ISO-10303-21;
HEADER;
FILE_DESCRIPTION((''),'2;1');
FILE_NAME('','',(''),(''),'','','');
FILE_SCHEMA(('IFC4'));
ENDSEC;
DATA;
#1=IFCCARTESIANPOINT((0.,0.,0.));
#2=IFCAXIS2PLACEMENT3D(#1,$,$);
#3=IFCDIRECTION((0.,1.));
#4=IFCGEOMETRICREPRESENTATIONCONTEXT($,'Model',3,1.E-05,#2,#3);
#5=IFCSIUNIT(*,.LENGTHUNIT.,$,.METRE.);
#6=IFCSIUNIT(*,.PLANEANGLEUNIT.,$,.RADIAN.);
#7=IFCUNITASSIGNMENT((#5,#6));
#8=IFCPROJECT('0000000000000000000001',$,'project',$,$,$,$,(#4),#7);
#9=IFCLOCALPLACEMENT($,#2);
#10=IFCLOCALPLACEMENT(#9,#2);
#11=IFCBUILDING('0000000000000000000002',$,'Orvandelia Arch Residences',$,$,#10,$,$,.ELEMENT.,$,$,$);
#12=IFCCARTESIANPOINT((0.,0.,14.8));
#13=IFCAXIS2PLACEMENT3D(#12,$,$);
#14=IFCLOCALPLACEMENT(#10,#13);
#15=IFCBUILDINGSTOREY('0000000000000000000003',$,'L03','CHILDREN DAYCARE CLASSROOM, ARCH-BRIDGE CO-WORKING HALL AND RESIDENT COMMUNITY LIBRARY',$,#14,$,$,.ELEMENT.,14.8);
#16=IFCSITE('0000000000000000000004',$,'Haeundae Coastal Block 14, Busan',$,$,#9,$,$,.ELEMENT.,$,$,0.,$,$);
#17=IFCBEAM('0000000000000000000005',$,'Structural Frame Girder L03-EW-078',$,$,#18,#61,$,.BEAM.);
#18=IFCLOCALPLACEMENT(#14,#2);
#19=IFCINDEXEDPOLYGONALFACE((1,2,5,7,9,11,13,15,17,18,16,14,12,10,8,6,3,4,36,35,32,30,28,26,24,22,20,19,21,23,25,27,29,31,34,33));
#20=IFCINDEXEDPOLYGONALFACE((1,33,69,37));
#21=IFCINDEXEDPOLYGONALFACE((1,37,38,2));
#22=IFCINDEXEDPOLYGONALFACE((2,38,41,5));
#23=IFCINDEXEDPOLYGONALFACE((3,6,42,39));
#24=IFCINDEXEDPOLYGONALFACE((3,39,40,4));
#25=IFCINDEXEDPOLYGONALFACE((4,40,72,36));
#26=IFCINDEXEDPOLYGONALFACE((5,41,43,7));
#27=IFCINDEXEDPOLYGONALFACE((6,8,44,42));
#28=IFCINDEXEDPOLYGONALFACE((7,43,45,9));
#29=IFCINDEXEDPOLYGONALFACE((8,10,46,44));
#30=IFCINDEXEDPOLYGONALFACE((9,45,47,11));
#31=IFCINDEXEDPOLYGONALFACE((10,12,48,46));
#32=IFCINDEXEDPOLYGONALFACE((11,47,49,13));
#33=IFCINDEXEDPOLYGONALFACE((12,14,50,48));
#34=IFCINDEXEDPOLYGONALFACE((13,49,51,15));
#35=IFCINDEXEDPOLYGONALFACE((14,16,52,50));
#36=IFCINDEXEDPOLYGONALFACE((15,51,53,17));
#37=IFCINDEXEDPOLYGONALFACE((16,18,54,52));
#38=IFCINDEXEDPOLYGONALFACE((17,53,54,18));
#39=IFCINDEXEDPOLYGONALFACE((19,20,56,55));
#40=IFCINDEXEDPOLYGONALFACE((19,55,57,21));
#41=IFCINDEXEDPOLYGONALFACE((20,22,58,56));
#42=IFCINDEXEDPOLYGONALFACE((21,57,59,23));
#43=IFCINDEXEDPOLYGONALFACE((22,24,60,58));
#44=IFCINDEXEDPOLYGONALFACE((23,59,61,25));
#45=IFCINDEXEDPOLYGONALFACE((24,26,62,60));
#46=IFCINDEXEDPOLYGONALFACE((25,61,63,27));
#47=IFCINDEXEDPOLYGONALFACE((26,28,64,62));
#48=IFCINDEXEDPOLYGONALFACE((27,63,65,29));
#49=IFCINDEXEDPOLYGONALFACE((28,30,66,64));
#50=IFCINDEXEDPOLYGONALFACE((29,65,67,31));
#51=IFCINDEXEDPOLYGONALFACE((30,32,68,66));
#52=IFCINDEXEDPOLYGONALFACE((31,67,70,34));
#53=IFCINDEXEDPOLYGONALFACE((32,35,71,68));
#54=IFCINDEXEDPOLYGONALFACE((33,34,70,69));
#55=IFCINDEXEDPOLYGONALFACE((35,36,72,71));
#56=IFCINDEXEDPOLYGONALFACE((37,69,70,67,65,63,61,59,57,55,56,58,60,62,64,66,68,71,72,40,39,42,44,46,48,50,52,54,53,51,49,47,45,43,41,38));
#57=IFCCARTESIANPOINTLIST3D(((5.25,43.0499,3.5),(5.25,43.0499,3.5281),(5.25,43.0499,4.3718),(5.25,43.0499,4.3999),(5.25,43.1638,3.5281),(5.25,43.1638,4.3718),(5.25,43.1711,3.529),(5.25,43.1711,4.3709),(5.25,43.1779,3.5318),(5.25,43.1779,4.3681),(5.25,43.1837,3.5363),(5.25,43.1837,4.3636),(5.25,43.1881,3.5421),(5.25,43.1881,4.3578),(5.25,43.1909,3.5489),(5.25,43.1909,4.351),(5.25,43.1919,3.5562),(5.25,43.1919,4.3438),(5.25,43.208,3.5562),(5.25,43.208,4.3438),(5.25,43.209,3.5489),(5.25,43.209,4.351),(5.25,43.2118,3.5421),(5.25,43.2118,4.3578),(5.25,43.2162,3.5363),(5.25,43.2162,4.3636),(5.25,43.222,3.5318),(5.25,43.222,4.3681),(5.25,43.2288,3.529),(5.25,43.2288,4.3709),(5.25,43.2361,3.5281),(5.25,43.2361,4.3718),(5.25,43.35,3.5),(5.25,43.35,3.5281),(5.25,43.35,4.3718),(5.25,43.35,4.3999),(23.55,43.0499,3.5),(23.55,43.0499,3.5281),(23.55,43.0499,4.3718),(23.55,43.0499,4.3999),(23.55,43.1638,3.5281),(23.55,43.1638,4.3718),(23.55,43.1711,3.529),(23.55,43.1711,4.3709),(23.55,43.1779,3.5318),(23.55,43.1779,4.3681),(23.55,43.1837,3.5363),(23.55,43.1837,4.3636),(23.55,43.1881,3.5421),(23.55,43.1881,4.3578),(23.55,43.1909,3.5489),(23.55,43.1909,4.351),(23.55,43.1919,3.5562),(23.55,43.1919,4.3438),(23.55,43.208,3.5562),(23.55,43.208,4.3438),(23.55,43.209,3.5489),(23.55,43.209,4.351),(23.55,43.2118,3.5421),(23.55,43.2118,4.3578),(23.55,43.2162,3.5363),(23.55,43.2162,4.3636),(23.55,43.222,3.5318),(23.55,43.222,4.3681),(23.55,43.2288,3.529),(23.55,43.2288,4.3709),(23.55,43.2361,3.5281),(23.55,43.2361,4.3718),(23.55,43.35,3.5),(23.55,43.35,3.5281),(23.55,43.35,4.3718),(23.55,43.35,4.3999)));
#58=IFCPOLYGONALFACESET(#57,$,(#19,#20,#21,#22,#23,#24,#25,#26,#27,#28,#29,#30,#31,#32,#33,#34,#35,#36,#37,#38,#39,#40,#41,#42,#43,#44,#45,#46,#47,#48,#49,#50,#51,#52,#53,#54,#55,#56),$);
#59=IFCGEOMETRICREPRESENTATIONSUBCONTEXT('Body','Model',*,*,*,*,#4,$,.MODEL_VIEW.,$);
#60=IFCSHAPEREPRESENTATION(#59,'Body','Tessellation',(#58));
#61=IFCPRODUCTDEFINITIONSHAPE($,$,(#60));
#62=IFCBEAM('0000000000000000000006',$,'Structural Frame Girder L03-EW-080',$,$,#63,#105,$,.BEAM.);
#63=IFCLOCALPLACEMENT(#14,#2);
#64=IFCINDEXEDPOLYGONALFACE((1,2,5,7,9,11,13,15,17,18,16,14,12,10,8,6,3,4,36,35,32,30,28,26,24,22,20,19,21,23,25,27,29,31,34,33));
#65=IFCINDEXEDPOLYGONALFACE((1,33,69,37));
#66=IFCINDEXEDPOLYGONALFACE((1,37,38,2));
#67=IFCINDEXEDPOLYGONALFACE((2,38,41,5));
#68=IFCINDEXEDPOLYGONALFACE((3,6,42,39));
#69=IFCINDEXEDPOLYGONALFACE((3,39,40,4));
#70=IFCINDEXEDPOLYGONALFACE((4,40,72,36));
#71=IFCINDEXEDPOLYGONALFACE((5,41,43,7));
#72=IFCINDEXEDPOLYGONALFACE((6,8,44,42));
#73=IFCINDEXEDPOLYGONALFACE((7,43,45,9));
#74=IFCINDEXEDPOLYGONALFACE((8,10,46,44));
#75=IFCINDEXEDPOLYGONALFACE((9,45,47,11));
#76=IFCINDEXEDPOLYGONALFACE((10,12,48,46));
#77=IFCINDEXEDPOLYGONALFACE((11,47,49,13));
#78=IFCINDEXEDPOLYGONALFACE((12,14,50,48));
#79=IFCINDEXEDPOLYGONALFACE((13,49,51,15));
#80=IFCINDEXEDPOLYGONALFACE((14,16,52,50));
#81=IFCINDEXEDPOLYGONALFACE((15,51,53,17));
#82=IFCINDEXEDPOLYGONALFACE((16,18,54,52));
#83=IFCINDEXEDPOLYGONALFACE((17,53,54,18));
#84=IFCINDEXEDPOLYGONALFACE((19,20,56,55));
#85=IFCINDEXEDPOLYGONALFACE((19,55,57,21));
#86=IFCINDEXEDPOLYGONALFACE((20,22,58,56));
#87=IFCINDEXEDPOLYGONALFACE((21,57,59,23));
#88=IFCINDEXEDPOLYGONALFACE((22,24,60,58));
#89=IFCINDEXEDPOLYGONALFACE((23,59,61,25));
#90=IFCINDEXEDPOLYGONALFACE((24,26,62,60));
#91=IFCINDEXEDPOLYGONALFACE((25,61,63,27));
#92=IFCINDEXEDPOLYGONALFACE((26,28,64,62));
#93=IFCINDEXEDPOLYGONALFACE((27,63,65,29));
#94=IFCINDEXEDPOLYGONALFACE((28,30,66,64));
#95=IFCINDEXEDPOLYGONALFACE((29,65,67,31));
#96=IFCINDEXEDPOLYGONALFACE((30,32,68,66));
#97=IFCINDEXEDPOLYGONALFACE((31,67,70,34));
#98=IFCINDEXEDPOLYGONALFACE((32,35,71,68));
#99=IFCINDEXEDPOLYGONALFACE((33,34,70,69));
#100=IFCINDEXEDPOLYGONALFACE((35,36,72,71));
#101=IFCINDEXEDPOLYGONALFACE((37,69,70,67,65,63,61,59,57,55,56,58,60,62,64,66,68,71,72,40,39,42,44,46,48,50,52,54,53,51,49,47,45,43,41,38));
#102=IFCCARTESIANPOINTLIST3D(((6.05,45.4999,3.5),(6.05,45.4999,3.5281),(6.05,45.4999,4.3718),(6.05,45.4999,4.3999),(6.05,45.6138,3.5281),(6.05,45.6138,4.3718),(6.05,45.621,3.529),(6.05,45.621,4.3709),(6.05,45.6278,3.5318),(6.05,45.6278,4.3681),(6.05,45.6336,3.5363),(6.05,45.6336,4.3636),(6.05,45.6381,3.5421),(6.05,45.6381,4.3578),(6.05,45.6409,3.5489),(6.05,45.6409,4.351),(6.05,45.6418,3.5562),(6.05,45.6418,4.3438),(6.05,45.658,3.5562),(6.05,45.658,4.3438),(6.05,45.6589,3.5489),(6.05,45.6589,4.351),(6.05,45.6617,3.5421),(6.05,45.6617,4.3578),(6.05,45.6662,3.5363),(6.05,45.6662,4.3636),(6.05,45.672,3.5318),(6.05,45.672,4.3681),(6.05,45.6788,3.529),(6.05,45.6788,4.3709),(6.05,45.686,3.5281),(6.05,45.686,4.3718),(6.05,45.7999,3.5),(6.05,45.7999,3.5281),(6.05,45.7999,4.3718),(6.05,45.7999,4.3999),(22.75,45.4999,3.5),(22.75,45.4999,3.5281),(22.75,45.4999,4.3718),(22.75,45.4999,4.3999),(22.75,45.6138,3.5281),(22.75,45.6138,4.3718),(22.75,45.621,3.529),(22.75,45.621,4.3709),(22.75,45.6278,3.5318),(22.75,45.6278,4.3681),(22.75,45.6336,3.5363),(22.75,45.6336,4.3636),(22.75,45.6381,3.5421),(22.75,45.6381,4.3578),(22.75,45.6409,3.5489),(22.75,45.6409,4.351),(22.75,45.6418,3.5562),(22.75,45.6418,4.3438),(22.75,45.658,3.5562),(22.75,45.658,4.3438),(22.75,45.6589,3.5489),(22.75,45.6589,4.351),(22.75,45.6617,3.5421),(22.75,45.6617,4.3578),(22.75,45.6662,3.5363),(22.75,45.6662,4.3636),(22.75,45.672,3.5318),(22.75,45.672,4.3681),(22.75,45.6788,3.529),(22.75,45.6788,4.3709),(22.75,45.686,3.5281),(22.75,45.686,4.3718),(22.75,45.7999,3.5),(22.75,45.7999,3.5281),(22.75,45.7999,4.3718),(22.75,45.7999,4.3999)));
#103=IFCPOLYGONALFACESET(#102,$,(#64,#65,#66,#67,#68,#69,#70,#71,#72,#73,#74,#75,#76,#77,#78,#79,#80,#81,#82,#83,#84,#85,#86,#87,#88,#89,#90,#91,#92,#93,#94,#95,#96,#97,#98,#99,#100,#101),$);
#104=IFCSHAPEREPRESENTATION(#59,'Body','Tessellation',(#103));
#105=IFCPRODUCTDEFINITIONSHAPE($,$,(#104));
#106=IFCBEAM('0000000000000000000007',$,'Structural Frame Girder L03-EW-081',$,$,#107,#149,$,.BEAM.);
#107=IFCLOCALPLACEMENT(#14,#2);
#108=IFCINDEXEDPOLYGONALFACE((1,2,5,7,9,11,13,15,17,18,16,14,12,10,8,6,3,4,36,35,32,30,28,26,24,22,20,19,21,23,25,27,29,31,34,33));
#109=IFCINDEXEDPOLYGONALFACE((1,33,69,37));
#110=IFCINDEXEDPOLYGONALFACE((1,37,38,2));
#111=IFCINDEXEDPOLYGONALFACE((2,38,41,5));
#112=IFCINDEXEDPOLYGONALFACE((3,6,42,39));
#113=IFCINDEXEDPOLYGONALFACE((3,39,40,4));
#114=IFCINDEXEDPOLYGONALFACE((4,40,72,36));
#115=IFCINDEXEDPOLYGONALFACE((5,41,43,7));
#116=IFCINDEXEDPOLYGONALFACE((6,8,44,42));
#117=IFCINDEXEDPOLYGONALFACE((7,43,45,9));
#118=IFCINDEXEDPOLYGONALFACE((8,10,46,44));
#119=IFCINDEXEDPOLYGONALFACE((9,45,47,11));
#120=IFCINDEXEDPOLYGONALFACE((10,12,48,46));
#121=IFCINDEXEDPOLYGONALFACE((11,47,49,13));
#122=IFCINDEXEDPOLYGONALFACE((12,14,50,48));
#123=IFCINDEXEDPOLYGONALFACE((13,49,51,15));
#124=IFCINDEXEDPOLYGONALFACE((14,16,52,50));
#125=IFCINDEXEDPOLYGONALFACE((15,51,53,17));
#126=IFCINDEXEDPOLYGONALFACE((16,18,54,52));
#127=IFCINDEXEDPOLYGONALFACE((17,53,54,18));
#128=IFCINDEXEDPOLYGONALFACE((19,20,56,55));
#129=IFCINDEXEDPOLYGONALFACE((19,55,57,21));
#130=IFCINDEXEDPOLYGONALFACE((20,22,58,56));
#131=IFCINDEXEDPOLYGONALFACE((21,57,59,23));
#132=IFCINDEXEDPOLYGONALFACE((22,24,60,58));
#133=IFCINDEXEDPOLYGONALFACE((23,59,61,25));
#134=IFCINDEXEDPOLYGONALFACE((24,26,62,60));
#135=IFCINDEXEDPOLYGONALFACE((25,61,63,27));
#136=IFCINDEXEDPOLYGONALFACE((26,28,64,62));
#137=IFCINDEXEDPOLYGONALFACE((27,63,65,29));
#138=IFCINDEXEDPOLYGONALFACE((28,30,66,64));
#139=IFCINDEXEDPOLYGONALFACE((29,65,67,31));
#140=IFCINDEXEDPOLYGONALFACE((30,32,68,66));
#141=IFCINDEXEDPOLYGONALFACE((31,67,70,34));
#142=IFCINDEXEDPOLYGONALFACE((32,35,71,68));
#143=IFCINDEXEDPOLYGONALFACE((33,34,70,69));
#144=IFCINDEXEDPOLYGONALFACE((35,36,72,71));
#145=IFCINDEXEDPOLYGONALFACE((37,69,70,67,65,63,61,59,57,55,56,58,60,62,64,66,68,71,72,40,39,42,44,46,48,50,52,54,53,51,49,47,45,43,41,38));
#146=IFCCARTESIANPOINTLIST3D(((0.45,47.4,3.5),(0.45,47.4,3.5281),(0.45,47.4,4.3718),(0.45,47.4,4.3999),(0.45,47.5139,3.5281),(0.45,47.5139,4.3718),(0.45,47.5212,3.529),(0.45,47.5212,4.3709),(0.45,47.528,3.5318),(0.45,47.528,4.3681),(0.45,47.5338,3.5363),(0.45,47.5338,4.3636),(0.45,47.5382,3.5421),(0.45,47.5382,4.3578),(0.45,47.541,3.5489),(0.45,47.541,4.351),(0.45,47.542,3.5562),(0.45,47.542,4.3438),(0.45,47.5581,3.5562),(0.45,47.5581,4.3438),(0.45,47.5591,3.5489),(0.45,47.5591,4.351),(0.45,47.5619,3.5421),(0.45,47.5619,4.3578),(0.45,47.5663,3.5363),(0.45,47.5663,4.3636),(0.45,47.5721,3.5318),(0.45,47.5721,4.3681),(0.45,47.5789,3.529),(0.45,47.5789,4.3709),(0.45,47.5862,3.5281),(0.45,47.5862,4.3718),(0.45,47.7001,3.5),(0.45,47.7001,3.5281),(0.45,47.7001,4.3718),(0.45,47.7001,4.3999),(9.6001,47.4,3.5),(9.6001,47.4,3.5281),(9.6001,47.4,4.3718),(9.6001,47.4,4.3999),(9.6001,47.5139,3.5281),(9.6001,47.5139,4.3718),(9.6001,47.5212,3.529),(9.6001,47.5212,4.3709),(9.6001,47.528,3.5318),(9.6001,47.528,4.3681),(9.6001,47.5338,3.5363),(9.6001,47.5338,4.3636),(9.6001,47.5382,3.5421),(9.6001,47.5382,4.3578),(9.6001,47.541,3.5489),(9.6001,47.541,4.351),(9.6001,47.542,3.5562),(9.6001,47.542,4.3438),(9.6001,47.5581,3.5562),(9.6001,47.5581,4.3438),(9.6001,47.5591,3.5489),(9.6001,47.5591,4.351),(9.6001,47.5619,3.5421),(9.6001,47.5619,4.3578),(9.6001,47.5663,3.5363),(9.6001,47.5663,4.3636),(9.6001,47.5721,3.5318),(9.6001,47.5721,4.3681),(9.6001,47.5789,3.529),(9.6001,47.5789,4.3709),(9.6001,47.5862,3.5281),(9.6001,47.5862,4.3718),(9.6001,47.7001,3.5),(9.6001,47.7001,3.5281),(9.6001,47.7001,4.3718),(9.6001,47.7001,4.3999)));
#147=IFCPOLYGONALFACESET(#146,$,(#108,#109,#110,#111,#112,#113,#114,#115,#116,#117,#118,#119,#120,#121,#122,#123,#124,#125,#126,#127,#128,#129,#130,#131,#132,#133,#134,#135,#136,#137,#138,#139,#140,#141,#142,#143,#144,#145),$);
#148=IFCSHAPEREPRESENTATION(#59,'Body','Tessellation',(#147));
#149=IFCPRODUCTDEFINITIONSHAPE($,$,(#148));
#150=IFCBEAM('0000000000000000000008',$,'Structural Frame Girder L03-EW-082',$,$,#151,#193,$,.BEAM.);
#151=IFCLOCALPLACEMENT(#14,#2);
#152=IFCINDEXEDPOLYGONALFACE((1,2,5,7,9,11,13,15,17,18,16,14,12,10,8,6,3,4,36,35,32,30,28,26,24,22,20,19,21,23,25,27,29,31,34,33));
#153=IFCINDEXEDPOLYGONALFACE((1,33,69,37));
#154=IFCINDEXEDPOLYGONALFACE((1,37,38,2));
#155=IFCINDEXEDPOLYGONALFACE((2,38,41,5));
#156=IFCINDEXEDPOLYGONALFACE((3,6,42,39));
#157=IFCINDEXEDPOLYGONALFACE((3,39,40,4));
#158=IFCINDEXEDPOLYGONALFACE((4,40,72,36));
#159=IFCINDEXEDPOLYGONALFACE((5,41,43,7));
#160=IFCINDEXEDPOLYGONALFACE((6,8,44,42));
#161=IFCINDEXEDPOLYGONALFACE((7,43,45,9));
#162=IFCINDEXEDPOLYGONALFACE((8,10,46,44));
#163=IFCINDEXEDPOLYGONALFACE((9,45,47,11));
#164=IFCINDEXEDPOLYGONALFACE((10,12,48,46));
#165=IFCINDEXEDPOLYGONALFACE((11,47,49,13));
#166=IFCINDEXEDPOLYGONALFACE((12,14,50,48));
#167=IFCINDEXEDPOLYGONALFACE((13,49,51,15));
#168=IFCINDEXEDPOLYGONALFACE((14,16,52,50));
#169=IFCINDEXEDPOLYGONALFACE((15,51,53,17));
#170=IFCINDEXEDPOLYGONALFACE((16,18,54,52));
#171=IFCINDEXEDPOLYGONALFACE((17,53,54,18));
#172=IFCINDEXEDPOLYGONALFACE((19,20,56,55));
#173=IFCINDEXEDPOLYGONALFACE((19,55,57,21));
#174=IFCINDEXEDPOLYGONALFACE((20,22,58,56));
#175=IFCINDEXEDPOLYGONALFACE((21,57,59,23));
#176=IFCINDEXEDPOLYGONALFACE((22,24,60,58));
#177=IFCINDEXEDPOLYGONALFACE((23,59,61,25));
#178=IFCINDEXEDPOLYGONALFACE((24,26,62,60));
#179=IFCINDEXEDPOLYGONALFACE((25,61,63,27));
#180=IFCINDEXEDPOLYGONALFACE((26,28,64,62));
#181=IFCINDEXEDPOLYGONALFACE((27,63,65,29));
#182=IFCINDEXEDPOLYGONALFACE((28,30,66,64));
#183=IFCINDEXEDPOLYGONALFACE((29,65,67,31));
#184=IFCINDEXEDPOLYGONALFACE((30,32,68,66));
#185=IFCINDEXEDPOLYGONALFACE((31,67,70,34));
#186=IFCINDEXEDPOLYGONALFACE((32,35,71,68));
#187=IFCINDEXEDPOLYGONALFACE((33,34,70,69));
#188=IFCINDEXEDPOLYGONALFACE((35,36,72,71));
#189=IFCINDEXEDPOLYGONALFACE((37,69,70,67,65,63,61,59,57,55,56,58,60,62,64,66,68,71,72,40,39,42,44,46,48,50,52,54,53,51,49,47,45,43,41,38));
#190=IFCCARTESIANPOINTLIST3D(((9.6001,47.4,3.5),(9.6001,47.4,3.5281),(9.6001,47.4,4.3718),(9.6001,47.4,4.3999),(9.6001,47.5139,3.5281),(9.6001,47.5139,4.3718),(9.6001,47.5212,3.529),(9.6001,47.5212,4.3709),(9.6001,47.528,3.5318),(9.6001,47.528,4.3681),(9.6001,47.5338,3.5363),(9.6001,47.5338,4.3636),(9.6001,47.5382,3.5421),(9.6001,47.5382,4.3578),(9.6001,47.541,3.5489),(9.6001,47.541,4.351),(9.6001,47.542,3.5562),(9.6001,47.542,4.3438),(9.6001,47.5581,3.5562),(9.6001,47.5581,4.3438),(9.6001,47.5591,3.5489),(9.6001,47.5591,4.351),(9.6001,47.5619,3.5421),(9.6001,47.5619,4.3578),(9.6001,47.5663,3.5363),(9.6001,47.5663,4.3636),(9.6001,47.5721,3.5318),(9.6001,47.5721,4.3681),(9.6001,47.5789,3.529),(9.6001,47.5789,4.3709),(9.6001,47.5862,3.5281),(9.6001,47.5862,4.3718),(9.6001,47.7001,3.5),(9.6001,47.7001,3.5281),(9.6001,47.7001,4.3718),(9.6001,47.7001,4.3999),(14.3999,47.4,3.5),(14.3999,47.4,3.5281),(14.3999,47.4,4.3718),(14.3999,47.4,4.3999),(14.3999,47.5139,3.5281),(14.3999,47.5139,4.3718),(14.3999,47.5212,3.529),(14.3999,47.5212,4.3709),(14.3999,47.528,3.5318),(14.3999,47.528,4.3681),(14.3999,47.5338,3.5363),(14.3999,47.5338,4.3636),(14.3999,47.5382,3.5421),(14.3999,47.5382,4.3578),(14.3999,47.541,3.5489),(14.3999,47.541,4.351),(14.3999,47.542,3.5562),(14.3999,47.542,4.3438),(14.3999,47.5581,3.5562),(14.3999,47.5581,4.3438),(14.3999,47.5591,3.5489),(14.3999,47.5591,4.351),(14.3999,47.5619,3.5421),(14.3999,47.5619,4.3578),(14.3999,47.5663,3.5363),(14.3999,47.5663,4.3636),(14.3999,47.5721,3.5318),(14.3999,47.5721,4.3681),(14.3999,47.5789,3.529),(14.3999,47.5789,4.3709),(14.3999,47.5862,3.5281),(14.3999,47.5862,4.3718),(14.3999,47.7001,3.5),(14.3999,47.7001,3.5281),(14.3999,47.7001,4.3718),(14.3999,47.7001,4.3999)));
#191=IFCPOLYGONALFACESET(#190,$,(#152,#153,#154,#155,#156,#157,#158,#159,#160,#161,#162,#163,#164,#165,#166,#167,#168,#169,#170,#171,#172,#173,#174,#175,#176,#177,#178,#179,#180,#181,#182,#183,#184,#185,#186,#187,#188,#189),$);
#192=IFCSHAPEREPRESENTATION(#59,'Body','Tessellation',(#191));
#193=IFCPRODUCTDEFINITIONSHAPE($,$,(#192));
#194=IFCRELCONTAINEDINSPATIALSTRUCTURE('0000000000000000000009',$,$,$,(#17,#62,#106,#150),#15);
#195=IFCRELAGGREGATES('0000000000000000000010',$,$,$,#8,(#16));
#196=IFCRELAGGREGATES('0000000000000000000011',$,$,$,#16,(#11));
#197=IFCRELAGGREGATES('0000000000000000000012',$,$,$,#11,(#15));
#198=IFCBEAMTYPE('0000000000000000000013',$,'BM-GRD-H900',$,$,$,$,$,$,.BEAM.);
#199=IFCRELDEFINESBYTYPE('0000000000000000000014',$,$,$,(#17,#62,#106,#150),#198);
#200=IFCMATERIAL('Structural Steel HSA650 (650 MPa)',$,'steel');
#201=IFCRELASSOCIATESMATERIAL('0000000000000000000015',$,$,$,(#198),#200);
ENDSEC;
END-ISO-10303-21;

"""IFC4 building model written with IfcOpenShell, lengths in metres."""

from ifc_helpers import new_model, si_unit, direction, frame, origin, origin_2d, place, context, subcontext, project, spatial, i_section, extrude, material, material_profile, profile_set, type_object, element, save


model = new_model("IFC4")

# Units and contexts
model_context = context("Model", 3, precision=1e-05, world=origin(), true_north=direction((0.0, 1.0)))
body_context = subcontext(model_context, "Body", "Model", "MODEL_VIEW")
ifc_project = project(units=[si_unit("LENGTHUNIT", "METRE"), si_unit("PLANEANGLEUNIT", "RADIAN")], contexts=[model_context])

# Site, building, storey
site_placement = place(None, origin())
site = spatial("IfcSite", under=ifc_project, at=site_placement, Name="Haeundae Coastal Block 14, Busan", CompositionType="ELEMENT", RefElevation=0.0)
building_placement = place(site_placement, origin())
building = spatial("IfcBuilding", under=site, at=building_placement, Name="Orvandelia Arch Residences", CompositionType="ELEMENT")
storey_placement = place(building_placement, frame((0.0, 0.0, 14.8)))
storey = spatial("IfcBuildingStorey", under=building, at=storey_placement, Name="L03", Description="CHILDREN DAYCARE CLASSROOM, ARCH-BRIDGE CO-WORKING HALL AND RESIDENT COMMUNITY LIBRARY", CompositionType="ELEMENT", Elevation=14.8)

# Beams
ifc_material_1 = material(Name="Structural Steel HSA650 (650 MPa)", Category="steel")
ifc_material_profile_1 = material_profile(ifc_material_1, i_section(OverallWidth=0.3, OverallDepth=0.8999, WebThickness=0.0161, FlangeThickness=0.0281, FilletRadius=0.0281, at=origin_2d()), Name="Structural Steel HSA650 (650 MPa)", Category="steel")
ifc_profile_set_1 = profile_set([ifc_material_profile_1], Name="Structural Steel HSA650 (650 MPa)")
beam_type = type_object("IfcBeamType", Name="BM-GRD-H900", PredefinedType="BEAM", material=ifc_profile_set_1)
beam_1_placement = place(storey_placement, frame((5.25, 43.2, 3.95), z_axis=(1.0, 0.0, 0.0), x_axis=(0.0, 1.0, 0.0)))
element("IfcBeam", 1, at=beam_1_placement, inside=storey, type_object=beam_type, Name="Structural Frame Girder L03-EW-078", PredefinedType="BEAM", context=body_context, shape_type="SweptSolid", body=[
    extrude(i_section(OverallWidth=0.3, OverallDepth=0.8999, WebThickness=0.0161, FlangeThickness=0.0281, FilletRadius=0.0281, at=origin_2d()), origin(), (0.0, 0.0, 1.0), 18.3),
])
beam_2_placement = place(storey_placement, frame((6.05, 45.6499, 3.95), z_axis=(1.0, 0.0, 0.0), x_axis=(0.0, 1.0, 0.0)))
element("IfcBeam", 2, at=beam_2_placement, inside=storey, type_object=beam_type, Name="Structural Frame Girder L03-EW-080", PredefinedType="BEAM", context=body_context, shape_type="SweptSolid", body=[
    extrude(i_section(OverallWidth=0.3, OverallDepth=0.8999, WebThickness=0.0161, FlangeThickness=0.0281, FilletRadius=0.0281, at=origin_2d()), origin(), (0.0, 0.0, 1.0), 16.7),
])
beam_3_placement = place(storey_placement, frame((0.45, 47.55, 3.95), z_axis=(1.0, 0.0, 0.0), x_axis=(0.0, 1.0, 0.0)))
element("IfcBeam", 3, at=beam_3_placement, inside=storey, type_object=beam_type, Name="Structural Frame Girder L03-EW-081", PredefinedType="BEAM", context=body_context, shape_type="SweptSolid", body=[
    extrude(i_section(OverallWidth=0.3, OverallDepth=0.8999, WebThickness=0.0161, FlangeThickness=0.0281, FilletRadius=0.0281, at=origin_2d()), origin(), (0.0, 0.0, 1.0), 9.1501),
])
beam_4_placement = place(storey_placement, frame((9.6001, 47.55, 3.95), z_axis=(1.0, 0.0, 0.0), x_axis=(0.0, 1.0, 0.0)))
element("IfcBeam", 4, at=beam_4_placement, inside=storey, type_object=beam_type, Name="Structural Frame Girder L03-EW-082", PredefinedType="BEAM", context=body_context, shape_type="SweptSolid", body=[
    extrude(i_section(OverallWidth=0.3, OverallDepth=0.8999, WebThickness=0.0161, FlangeThickness=0.0281, FilletRadius=0.0281, at=origin_2d()), origin(), (0.0, 0.0, 1.0), 4.7998),
])

save(model, "model.ifc")
